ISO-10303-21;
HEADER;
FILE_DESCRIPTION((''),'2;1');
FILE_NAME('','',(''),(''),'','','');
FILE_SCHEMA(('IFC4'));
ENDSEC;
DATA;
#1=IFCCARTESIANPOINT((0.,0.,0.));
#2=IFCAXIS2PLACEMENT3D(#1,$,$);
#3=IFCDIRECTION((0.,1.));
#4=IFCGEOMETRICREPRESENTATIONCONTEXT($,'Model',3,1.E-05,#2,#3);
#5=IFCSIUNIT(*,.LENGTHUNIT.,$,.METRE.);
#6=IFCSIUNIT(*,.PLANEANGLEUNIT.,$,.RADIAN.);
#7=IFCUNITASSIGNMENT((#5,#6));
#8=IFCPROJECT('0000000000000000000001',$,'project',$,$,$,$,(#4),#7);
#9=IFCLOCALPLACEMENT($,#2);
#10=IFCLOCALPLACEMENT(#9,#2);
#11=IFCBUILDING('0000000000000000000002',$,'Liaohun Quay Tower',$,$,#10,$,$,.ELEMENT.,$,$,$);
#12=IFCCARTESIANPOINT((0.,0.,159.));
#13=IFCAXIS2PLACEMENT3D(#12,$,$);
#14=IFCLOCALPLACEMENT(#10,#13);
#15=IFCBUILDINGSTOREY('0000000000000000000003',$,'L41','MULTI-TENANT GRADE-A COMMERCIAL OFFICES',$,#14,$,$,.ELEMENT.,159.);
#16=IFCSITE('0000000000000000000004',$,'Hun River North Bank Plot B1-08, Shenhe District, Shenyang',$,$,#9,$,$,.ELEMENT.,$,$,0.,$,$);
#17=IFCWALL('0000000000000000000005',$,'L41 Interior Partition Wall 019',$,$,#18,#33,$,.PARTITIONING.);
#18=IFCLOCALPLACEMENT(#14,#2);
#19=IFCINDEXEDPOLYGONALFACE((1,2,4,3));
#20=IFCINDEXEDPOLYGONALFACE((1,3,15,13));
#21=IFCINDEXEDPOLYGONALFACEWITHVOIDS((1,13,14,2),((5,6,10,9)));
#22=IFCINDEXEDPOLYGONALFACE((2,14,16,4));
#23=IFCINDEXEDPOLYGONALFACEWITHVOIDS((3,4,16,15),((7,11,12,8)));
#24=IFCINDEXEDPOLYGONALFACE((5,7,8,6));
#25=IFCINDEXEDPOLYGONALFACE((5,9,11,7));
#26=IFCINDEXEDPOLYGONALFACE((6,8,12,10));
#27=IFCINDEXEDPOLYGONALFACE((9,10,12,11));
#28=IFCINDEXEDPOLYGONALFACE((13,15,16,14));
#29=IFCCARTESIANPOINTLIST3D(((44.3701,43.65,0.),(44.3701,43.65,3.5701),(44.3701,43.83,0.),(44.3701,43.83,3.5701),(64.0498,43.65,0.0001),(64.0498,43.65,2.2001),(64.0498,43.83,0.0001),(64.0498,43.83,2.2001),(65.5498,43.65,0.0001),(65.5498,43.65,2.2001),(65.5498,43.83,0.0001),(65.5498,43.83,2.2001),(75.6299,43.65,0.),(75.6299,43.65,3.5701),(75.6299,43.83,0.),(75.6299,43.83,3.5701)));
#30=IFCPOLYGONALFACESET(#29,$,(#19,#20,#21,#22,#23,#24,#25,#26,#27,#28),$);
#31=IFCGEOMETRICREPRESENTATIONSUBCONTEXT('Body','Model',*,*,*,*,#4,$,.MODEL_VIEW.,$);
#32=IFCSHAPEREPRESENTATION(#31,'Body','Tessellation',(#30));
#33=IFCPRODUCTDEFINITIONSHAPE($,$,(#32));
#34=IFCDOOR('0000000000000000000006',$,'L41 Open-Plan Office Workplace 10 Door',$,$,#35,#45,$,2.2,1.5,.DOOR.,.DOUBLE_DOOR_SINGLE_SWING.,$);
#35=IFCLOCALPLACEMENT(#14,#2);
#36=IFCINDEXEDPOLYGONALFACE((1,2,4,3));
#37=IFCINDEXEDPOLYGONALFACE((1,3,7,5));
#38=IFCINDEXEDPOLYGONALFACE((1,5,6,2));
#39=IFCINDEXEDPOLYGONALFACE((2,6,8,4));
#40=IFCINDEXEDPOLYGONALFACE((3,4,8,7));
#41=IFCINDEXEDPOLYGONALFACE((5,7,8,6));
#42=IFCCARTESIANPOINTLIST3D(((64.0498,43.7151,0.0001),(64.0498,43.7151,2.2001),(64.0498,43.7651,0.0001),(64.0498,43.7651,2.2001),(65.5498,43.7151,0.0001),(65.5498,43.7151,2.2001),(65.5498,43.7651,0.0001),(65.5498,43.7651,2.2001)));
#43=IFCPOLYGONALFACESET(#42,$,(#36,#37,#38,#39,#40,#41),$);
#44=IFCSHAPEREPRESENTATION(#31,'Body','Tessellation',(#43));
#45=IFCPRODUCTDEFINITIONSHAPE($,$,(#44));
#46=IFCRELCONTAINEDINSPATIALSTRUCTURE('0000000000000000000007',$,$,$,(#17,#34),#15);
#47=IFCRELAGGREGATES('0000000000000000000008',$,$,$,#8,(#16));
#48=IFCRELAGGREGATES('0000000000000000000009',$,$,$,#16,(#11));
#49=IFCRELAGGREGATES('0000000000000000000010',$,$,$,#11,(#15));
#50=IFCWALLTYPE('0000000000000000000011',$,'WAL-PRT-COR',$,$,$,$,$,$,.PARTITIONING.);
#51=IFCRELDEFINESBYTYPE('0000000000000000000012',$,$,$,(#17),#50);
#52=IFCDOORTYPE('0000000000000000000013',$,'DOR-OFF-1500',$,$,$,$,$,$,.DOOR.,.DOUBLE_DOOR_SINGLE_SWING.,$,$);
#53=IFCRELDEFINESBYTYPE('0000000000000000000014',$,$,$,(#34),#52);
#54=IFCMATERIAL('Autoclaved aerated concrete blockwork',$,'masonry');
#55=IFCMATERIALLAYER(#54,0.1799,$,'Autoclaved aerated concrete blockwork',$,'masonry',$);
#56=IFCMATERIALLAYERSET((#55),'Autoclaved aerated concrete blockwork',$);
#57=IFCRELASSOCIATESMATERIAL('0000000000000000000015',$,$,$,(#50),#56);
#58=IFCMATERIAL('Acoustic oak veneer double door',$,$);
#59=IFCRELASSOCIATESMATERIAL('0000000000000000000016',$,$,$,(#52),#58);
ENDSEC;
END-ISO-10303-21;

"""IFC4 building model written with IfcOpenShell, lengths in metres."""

from ifc_helpers import new_model, si_unit, direction, frame, frame_2d, origin, place, context, subcontext, project, spatial, rectangle, extrude, source, transform, mapped, material, layer, layer_set, type_object, element, fill, save


model = new_model("IFC4")

# Units and contexts
model_context = context("Model", 3, precision=1e-05, world=origin(), true_north=direction((0.0, 1.0)))
body_context = subcontext(model_context, "Body", "Model", "MODEL_VIEW")
ifc_project = project(units=[si_unit("LENGTHUNIT", "METRE"), si_unit("PLANEANGLEUNIT", "RADIAN")], contexts=[model_context])

# Site, building, storey
site_placement = place(None, origin())
site = spatial("IfcSite", under=ifc_project, at=site_placement, Name="Hun River North Bank Plot B1-08, Shenhe District, Shenyang", CompositionType="ELEMENT", RefElevation=0.0)
building_placement = place(site_placement, origin())
building = spatial("IfcBuilding", under=site, at=building_placement, Name="Liaohun Quay Tower", CompositionType="ELEMENT")
storey_placement = place(building_placement, frame((0.0, 0.0, 159.0)))
storey = spatial("IfcBuildingStorey", under=building, at=storey_placement, Name="L41", Description="MULTI-TENANT GRADE-A COMMERCIAL OFFICES", CompositionType="ELEMENT", Elevation=159.0)

# Wall, opening, door
ifc_material_1 = material(Name="Autoclaved aerated concrete blockwork", Category="masonry")
ifc_layer_1 = layer(ifc_material_1, 0.1799, Name="Autoclaved aerated concrete blockwork", Category="masonry")
ifc_layer_set_1 = layer_set([ifc_layer_1], Name="Autoclaved aerated concrete blockwork")
wall_type_1 = type_object("IfcWallType", Name="WAL-PRT-COR", PredefinedType="PARTITIONING", material=ifc_layer_set_1)
wall_1_placement = place(storey_placement, frame((75.6299, 43.74, 0.0), z_axis=(0.0, 0.0, 1.0), x_axis=(-1.0, 0.0, 0.0)))
wall_1 = element("IfcWall", 1, at=wall_1_placement, inside=storey, type_object=wall_type_1, Name="L41 Interior Partition Wall 019", PredefinedType="PARTITIONING", context=body_context, shape_type="SweptSolid", body=[
    extrude(rectangle(XDim=31.2598, YDim=0.1799, at=frame_2d((15.6299, 0.0))), origin(), (0.0, 0.0, 1.0), 3.5701),
])
shared_shape_1 = source(origin(), body_context, "Body", "SweptSolid", [
    extrude(rectangle(XDim=1.5, YDim=2.2, at=frame_2d((0.75, 1.1001))), frame((0.0, 0.0999, 0.0), z_axis=(0.0, -1.0, 0.0), x_axis=(1.0, 0.0, 0.0)), (0.0, 0.0, 1.0), 0.2),
])
opening_1_placement = place(wall_1_placement, frame((10.0801, 0.0, 0.0)))
opening_1 = element("IfcOpeningElement", 2, at=opening_1_placement, cuts=wall_1, PredefinedType="OPENING", context=body_context, shape_type="MappedRepresentation", body=[
    mapped(shared_shape_1, transform((0.0, 0.0, 0.0), x_axis=(1.0, 0.0, 0.0), y_axis=(0.0, 1.0, 0.0), z_axis=(0.0, 0.0, 1.0), scale=1.0)),
])
ifc_material_2 = material(Name="Acoustic oak veneer double door")
door_type = type_object("IfcDoorType", Name="DOR-OFF-1500", OperationType="DOUBLE_DOOR_SINGLE_SWING", PredefinedType="DOOR", material=ifc_material_2)
shared_shape_2 = source(origin(), body_context, "Body", "SweptSolid", [
    extrude(rectangle(XDim=1.5, YDim=2.2, at=frame_2d((0.75, 1.1001))), frame((0.0, 0.0249, 0.0), z_axis=(0.0, -1.0, 0.0), x_axis=(1.0, 0.0, 0.0)), (0.0, 0.0, 1.0), 0.05),
])
door_placement = place(opening_1_placement, origin())
door = element("IfcDoor", 3, at=door_placement, inside=storey, type_object=door_type, Name="L41 Open-Plan Office Workplace 10 Door", OperationType="DOUBLE_DOOR_SINGLE_SWING", OverallHeight=2.2, OverallWidth=1.5, PredefinedType="DOOR", context=body_context, shape_type="MappedRepresentation", body=[
    mapped(shared_shape_2, transform((0.0, 0.0, 0.0), x_axis=(1.0, 0.0, 0.0), y_axis=(0.0, 1.0, 0.0), z_axis=(0.0, 0.0, 1.0), scale=1.0)),
])
fill(opening_1, door)

save(model, "model.ifc")
